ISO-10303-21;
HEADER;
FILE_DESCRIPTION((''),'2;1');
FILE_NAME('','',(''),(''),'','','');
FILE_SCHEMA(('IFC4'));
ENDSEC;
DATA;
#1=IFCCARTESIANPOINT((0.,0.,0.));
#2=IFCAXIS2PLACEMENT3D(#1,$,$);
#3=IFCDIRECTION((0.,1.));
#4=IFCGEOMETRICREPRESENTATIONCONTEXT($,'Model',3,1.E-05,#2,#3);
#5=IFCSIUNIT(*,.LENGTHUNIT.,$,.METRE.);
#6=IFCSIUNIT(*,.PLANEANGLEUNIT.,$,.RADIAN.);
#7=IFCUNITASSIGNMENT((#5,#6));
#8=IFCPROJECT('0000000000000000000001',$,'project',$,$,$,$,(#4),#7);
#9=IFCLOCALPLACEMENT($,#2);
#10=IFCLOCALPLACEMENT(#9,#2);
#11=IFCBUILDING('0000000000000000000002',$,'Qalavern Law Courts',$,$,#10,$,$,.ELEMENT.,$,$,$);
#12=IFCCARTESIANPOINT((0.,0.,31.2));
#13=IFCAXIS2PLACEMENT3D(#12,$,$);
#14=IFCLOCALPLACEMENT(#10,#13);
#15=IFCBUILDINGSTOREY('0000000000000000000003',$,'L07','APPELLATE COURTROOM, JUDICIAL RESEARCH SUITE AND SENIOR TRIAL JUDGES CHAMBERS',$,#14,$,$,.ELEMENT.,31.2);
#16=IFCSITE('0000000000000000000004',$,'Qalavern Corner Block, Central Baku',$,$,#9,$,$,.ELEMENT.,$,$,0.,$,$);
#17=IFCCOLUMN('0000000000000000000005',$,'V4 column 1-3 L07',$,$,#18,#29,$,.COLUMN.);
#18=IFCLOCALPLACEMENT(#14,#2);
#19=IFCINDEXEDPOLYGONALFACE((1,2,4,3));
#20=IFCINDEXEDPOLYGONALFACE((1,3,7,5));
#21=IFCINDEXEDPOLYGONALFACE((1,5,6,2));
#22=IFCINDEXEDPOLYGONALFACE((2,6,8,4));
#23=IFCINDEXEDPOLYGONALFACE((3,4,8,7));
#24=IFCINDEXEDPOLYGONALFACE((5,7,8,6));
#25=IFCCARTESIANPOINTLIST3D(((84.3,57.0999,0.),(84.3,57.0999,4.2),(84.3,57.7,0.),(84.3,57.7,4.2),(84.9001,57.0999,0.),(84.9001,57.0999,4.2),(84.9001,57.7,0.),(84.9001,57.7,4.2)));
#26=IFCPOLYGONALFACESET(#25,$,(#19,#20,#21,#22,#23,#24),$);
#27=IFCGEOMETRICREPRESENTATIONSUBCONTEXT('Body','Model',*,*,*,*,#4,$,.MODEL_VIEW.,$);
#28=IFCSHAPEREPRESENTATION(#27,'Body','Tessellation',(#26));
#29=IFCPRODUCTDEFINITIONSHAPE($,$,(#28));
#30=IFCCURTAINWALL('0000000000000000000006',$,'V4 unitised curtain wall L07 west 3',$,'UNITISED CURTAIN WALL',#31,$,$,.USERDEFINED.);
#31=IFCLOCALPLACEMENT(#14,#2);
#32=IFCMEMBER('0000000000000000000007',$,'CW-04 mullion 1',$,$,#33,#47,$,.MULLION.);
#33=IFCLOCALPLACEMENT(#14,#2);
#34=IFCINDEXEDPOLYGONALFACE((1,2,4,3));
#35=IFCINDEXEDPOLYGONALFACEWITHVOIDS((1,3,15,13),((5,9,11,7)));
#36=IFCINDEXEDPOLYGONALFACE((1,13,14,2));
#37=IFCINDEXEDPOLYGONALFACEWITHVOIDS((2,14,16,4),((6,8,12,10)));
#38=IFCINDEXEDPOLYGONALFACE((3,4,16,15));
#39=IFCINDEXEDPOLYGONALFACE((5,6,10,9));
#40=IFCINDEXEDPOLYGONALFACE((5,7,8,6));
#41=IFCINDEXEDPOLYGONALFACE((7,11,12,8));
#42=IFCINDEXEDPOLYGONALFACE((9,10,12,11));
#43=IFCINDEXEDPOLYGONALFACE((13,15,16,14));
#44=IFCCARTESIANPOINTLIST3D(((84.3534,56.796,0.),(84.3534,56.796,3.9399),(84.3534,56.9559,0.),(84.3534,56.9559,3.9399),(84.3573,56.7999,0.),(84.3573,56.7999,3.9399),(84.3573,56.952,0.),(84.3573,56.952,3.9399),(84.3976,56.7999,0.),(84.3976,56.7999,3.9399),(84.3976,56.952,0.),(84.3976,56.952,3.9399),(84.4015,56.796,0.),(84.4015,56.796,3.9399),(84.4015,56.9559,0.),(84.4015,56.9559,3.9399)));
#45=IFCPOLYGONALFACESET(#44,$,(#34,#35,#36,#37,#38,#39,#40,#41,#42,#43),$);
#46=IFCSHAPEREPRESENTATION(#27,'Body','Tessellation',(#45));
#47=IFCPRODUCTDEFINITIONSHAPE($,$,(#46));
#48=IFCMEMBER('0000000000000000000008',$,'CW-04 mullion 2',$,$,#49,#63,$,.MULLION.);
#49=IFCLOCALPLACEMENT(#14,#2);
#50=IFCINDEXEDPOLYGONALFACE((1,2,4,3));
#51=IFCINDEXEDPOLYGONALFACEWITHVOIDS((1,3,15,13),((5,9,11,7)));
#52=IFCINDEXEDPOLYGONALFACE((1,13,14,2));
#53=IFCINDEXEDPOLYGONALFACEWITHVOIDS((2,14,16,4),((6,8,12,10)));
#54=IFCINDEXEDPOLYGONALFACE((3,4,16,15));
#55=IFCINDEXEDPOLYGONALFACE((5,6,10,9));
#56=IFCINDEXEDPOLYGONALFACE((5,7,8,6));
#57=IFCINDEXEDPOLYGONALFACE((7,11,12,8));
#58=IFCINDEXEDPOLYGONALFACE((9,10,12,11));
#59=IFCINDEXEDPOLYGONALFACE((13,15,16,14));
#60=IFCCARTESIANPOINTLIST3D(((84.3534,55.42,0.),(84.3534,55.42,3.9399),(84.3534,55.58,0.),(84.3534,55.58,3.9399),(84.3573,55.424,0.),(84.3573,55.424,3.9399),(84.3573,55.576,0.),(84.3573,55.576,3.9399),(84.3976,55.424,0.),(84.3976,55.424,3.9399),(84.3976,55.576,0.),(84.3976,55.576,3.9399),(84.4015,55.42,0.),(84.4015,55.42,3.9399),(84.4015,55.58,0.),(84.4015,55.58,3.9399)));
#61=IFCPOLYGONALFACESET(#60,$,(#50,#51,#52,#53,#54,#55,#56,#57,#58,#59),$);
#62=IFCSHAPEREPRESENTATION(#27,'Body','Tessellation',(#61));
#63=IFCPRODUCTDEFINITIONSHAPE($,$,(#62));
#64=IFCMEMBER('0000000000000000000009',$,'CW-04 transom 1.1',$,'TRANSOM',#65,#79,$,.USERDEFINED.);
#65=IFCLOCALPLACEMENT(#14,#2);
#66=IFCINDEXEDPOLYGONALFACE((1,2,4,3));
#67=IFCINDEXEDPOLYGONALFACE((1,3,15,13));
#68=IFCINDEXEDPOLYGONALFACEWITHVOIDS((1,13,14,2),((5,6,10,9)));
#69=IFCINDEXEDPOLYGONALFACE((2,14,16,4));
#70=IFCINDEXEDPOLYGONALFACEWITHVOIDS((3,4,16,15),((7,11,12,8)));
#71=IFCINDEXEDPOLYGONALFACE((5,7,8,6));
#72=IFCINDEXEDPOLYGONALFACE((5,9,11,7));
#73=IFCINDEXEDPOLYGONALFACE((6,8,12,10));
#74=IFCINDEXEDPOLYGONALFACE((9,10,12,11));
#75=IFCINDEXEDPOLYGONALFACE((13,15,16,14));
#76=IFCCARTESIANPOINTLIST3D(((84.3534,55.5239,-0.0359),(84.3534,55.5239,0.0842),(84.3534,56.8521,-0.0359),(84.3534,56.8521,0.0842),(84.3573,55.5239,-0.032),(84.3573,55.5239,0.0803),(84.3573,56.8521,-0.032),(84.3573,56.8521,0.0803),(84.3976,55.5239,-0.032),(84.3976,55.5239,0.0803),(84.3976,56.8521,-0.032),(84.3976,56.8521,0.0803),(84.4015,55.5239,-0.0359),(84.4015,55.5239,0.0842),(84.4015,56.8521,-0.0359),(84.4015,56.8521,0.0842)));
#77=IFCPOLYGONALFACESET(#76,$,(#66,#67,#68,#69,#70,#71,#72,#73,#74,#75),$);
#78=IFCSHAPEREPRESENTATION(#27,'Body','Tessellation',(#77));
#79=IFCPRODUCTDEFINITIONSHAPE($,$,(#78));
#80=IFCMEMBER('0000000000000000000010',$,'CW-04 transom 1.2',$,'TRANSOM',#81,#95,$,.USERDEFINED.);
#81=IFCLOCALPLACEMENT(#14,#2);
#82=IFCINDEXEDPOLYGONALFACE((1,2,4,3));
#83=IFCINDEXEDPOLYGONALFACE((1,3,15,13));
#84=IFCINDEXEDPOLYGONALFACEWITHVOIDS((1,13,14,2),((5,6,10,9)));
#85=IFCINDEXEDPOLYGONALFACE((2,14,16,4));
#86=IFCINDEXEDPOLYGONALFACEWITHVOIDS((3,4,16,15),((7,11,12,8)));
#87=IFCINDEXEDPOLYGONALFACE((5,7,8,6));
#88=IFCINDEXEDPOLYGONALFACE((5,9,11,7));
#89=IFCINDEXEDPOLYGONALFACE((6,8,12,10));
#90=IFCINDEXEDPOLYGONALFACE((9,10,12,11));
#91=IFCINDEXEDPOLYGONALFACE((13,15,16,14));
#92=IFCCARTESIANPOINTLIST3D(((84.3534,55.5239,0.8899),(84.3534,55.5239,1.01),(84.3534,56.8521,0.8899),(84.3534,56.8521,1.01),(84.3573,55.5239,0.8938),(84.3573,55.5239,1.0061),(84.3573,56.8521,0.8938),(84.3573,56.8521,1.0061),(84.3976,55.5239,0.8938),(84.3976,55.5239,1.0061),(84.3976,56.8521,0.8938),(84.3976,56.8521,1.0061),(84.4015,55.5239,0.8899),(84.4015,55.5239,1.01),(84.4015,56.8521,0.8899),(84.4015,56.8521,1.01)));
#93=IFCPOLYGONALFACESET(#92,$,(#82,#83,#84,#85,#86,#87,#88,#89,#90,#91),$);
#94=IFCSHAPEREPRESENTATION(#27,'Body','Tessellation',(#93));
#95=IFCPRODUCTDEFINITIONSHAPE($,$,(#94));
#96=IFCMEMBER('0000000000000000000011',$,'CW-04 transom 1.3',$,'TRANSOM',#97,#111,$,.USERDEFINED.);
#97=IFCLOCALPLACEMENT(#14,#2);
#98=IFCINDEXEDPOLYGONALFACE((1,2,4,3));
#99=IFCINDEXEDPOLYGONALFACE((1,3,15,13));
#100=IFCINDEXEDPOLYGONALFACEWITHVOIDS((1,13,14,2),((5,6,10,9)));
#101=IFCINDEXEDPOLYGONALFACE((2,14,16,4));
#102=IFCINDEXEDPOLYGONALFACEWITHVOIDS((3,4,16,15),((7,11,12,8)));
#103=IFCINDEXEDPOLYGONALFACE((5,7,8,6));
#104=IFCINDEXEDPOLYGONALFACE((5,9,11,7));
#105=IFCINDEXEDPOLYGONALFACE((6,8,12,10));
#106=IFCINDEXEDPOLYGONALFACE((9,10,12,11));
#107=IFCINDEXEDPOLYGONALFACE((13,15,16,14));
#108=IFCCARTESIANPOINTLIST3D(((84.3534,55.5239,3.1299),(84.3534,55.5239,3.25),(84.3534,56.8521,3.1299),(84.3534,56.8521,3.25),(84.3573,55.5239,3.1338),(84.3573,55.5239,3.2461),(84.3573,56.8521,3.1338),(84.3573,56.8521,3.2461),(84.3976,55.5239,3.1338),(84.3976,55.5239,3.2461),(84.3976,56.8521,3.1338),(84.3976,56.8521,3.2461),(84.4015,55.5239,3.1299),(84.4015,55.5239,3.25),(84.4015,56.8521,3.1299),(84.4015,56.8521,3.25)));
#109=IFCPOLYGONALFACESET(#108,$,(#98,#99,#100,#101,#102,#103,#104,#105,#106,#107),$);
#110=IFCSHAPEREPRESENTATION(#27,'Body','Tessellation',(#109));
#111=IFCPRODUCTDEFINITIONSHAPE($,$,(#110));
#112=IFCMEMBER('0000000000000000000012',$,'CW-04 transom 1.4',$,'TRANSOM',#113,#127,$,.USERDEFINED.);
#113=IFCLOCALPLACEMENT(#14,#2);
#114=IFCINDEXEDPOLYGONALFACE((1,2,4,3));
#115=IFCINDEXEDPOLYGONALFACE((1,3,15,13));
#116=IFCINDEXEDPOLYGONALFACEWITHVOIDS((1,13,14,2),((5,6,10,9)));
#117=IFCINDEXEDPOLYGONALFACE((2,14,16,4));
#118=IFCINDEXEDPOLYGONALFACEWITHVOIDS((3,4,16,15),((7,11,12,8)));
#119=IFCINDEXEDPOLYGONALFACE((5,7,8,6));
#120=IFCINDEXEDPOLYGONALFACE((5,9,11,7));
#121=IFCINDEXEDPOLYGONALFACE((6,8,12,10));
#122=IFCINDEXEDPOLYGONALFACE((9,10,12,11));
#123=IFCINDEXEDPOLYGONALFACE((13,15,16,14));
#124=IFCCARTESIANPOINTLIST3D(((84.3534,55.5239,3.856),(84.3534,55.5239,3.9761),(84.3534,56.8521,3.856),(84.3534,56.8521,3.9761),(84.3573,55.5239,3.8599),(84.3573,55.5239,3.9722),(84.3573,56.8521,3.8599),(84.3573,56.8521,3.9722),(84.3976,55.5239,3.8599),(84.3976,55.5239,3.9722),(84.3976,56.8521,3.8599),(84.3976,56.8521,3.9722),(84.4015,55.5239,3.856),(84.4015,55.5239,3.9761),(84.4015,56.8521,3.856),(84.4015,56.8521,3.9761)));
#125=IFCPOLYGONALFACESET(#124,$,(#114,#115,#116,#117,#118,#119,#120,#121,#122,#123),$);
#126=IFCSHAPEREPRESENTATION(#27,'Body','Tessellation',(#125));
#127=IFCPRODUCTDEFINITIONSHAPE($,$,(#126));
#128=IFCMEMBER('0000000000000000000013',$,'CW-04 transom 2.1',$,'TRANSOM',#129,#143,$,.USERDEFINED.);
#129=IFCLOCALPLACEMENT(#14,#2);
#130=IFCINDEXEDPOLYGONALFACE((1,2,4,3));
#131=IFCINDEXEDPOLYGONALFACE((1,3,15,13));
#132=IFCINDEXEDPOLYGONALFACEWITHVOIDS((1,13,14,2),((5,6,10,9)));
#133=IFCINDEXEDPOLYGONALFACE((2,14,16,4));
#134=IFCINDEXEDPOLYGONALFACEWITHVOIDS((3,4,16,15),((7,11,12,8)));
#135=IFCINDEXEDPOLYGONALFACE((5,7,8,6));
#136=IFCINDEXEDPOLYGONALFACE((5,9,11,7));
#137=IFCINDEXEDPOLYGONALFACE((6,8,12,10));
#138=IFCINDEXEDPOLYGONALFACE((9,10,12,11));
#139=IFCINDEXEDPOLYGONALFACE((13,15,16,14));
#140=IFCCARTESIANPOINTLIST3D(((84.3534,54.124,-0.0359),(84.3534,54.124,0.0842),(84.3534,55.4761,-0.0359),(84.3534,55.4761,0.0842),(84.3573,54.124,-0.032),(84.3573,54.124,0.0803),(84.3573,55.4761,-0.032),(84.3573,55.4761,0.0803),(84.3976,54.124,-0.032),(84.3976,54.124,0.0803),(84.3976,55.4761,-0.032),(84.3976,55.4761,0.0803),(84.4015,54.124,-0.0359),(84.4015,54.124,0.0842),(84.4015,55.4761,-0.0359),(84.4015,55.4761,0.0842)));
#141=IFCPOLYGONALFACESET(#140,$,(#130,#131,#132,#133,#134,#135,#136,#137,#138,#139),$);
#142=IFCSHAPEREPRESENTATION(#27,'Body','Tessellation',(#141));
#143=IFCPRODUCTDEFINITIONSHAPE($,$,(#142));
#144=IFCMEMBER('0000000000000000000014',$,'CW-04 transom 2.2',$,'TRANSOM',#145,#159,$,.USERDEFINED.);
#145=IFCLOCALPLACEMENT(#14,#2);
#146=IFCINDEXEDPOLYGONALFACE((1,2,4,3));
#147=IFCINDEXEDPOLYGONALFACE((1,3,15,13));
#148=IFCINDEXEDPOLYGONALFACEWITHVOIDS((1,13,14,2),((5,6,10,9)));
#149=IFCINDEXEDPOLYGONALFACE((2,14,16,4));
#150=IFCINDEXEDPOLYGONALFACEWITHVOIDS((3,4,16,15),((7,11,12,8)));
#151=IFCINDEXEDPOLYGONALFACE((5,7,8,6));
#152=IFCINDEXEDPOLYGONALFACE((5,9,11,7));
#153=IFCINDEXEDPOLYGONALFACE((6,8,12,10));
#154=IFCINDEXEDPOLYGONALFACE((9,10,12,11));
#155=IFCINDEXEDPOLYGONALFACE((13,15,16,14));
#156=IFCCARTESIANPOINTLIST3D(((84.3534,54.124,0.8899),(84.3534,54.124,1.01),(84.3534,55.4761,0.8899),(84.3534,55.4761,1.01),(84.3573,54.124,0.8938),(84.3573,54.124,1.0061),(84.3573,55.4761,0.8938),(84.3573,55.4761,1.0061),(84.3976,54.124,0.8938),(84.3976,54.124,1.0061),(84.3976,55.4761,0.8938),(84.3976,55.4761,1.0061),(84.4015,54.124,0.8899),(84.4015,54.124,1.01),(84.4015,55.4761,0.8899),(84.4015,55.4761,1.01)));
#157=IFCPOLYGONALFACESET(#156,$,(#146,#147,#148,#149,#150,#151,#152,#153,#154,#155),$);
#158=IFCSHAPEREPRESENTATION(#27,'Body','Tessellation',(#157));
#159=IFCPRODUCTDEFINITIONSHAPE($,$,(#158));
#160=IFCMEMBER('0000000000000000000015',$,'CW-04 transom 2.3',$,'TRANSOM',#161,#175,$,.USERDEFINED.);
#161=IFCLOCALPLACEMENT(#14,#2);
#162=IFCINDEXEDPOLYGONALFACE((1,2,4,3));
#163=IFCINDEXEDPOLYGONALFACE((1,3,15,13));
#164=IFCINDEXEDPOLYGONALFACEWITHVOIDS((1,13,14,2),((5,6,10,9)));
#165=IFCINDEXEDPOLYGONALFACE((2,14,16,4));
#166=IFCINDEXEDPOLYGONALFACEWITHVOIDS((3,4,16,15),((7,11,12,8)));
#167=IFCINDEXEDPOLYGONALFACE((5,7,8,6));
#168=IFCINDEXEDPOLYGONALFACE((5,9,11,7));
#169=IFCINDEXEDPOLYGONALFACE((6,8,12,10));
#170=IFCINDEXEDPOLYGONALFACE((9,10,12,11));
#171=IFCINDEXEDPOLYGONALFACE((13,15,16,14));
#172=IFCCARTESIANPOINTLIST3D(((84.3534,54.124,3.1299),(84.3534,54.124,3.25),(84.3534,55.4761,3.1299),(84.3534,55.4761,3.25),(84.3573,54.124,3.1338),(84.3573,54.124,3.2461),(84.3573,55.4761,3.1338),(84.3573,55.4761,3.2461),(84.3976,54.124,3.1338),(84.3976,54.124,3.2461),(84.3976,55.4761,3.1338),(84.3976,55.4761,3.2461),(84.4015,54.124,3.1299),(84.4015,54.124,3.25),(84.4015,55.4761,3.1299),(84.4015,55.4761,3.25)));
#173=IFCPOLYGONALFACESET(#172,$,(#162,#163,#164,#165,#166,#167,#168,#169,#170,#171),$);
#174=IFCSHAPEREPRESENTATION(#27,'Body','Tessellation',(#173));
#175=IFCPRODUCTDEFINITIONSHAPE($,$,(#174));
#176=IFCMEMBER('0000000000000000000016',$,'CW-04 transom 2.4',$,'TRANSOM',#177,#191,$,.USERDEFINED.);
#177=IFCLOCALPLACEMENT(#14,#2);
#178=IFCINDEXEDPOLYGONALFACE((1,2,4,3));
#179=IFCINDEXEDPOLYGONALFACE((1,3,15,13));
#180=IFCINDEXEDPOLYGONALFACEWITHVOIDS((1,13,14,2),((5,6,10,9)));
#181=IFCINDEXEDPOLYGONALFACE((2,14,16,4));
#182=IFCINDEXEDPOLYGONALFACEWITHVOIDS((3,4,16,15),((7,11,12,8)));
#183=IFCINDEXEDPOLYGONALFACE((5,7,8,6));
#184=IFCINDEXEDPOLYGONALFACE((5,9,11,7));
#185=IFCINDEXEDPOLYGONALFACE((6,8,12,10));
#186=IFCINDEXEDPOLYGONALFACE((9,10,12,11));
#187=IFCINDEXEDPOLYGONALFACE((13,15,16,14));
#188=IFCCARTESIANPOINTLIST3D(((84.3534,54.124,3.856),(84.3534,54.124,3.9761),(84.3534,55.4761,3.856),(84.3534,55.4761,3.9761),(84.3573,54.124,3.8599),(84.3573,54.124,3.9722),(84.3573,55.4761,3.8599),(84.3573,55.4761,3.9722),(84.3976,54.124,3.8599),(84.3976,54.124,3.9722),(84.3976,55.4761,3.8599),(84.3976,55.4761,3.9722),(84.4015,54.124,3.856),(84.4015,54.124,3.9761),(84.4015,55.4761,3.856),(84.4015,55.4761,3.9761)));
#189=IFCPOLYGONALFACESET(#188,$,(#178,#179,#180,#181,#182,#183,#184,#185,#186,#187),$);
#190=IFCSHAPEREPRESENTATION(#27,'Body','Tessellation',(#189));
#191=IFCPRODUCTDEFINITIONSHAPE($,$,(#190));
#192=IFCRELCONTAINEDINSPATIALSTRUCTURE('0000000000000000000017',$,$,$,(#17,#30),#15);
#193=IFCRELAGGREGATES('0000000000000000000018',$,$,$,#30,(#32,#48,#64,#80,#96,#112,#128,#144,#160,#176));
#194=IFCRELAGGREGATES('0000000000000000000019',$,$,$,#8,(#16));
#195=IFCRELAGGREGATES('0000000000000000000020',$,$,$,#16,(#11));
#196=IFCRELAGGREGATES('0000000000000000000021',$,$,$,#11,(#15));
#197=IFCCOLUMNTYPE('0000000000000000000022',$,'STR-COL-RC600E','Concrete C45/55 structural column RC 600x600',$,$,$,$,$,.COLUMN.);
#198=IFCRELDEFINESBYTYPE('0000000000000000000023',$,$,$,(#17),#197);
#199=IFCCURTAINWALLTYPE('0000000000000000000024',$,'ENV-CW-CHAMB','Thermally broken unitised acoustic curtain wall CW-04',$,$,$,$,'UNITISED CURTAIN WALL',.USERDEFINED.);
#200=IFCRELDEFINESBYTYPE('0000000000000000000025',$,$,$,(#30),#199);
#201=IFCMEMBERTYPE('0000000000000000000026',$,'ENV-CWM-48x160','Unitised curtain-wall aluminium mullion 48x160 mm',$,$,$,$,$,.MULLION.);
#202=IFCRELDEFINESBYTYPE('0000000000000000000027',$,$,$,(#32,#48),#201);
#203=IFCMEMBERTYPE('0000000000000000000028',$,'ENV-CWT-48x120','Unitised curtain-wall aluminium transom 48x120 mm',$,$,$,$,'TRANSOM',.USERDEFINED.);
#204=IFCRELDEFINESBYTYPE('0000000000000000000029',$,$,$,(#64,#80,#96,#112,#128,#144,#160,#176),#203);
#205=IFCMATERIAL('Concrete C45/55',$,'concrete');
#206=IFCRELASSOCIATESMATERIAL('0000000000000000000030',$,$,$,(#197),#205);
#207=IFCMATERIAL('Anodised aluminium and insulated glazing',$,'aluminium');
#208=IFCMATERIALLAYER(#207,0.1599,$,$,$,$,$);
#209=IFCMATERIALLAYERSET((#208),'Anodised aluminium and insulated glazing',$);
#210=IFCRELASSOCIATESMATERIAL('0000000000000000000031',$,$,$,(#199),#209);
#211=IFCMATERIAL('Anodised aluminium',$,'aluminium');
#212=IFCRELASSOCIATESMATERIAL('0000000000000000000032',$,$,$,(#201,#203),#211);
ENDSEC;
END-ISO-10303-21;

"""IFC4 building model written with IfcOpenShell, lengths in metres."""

from ifc_helpers import new_model, si_unit, direction, frame, origin, origin_2d, place, context, subcontext, project, spatial, rectangle, hollow_rectangle, extrude, material, layer, layer_set, material_profile, profile_set, type_object, element, aggregate, save


model = new_model("IFC4")

# Units and contexts
model_context = context("Model", 3, precision=1e-05, world=origin(), true_north=direction((0.0, 1.0)))
body_context = subcontext(model_context, "Body", "Model", "MODEL_VIEW")
ifc_project = project(units=[si_unit("LENGTHUNIT", "METRE"), si_unit("PLANEANGLEUNIT", "RADIAN")], contexts=[model_context])

# Site, building, storey
site_placement = place(None, origin())
site = spatial("IfcSite", under=ifc_project, at=site_placement, Name="Qalavern Corner Block, Central Baku", CompositionType="ELEMENT", RefElevation=0.0)
building_placement = place(site_placement, origin())
building = spatial("IfcBuilding", under=site, at=building_placement, Name="Qalavern Law Courts", CompositionType="ELEMENT")
storey_placement = place(building_placement, frame((0.0, 0.0, 31.2)))
storey = spatial("IfcBuildingStorey", under=building, at=storey_placement, Name="L07", Description="APPELLATE COURTROOM, JUDICIAL RESEARCH SUITE AND SENIOR TRIAL JUDGES CHAMBERS", CompositionType="ELEMENT", Elevation=31.2)

# Column
ifc_material_1 = material(Name="Concrete C45/55", Category="concrete")
ifc_material_profile_1 = material_profile(ifc_material_1, rectangle(XDim=0.6001, YDim=0.6001, at=origin_2d()), Name="RC 600x600")
ifc_profile_set_1 = profile_set([ifc_material_profile_1], Name="Concrete C45/55")
column_type = type_object("IfcColumnType", Name="STR-COL-RC600E", Description="Concrete C45/55 structural column RC 600x600", PredefinedType="COLUMN", material=ifc_profile_set_1)
column_placement = place(storey_placement, frame((84.6001, 57.3999, 0.0), z_axis=(0.0, 0.0, 1.0), x_axis=(1.0, 0.0, 0.0)))
element("IfcColumn", 1, at=column_placement, inside=storey, type_object=column_type, Name="V4 column 1-3 L07", PredefinedType="COLUMN", context=body_context, shape_type="SweptSolid", body=[
    extrude(rectangle(XDim=0.6001, YDim=0.6001, at=origin_2d()), origin(), (0.0, 0.0, 1.0), 4.2),
])

# Curtain wall, members
ifc_material_2 = material(Name="Anodised aluminium and insulated glazing", Category="aluminium")
ifc_layer_1 = layer(ifc_material_2, 0.1599)
ifc_layer_set_1 = layer_set([ifc_layer_1], Name="Anodised aluminium and insulated glazing")
curtain_wall_type = type_object("IfcCurtainWallType", Name="ENV-CW-CHAMB", Description="Thermally broken unitised acoustic curtain wall CW-04", ElementType="UNITISED CURTAIN WALL", PredefinedType="USERDEFINED", material=ifc_layer_set_1)
curtain_wall_placement = place(storey_placement, origin())
curtain_wall = element("IfcCurtainWall", 2, at=curtain_wall_placement, inside=storey, type_object=curtain_wall_type, Name="V4 unitised curtain wall L07 west 3", ObjectType="UNITISED CURTAIN WALL", PredefinedType="USERDEFINED")
ifc_material_3 = material(Name="Anodised aluminium", Category="aluminium")
ifc_material_profile_2 = material_profile(ifc_material_3, hollow_rectangle(XDim=0.0481, YDim=0.1599, WallThickness=0.0039, at=origin_2d()), Name="ALU MULLION 48x160")
ifc_profile_set_2 = profile_set([ifc_material_profile_2], Name="Anodised aluminium")
member_type_1 = type_object("IfcMemberType", Name="ENV-CWM-48x160", Description="Unitised curtain-wall aluminium mullion 48x160 mm", PredefinedType="MULLION", material=ifc_profile_set_2)
member_1_placement = place(storey_placement, frame((84.3774, 56.876, 0.0), z_axis=(0.0, 0.0, 1.0), x_axis=(1.0, 0.0, 0.0)))
member_1 = element("IfcMember", 3, at=member_1_placement, type_object=member_type_1, Name="CW-04 mullion 1", PredefinedType="MULLION", context=body_context, shape_type="SweptSolid", body=[
    extrude(hollow_rectangle(XDim=0.0481, YDim=0.1599, WallThickness=0.0039, at=origin_2d()), origin(), (0.0, 0.0, 1.0), 3.9399),
])
member_2_placement = place(storey_placement, frame((84.3774, 55.5, 0.0), z_axis=(0.0, 0.0, 1.0), x_axis=(1.0, 0.0, 0.0)))
member_2 = element("IfcMember", 4, at=member_2_placement, type_object=member_type_1, Name="CW-04 mullion 2", PredefinedType="MULLION", context=body_context, shape_type="SweptSolid", body=[
    extrude(hollow_rectangle(XDim=0.0481, YDim=0.1599, WallThickness=0.0039, at=origin_2d()), origin(), (0.0, 0.0, 1.0), 3.9399),
])
ifc_material_profile_3 = material_profile(ifc_material_3, hollow_rectangle(XDim=0.0481, YDim=0.1201, WallThickness=0.0039, at=origin_2d()), Name="ALU TRANSOM 48x120")
ifc_profile_set_3 = profile_set([ifc_material_profile_3], Name="Anodised aluminium")
member_type_2 = type_object("IfcMemberType", Name="ENV-CWT-48x120", Description="Unitised curtain-wall aluminium transom 48x120 mm", ElementType="TRANSOM", PredefinedType="USERDEFINED", material=ifc_profile_set_3)
member_3_placement = place(storey_placement, frame((84.3774, 56.8521, 0.0242), z_axis=(0.0, -1.0, 0.0), x_axis=(1.0, 0.0, 0.0)))
member_3 = element("IfcMember", 5, at=member_3_placement, type_object=member_type_2, Name="CW-04 transom 1.1", ObjectType="TRANSOM", PredefinedType="USERDEFINED", context=body_context, shape_type="SweptSolid", body=[
    extrude(hollow_rectangle(XDim=0.0481, YDim=0.1201, WallThickness=0.0039, at=origin_2d()), origin(), (0.0, 0.0, 1.0), 1.3281),
])
member_4_placement = place(storey_placement, frame((84.3774, 56.8521, 0.95), z_axis=(0.0, -1.0, 0.0), x_axis=(1.0, 0.0, 0.0)))
member_4 = element("IfcMember", 6, at=member_4_placement, type_object=member_type_2, Name="CW-04 transom 1.2", ObjectType="TRANSOM", PredefinedType="USERDEFINED", context=body_context, shape_type="SweptSolid", body=[
    extrude(hollow_rectangle(XDim=0.0481, YDim=0.1201, WallThickness=0.0039, at=origin_2d()), origin(), (0.0, 0.0, 1.0), 1.3281),
])
member_5_placement = place(storey_placement, frame((84.3774, 56.8521, 3.1899), z_axis=(0.0, -1.0, 0.0), x_axis=(1.0, 0.0, 0.0)))
member_5 = element("IfcMember", 7, at=member_5_placement, type_object=member_type_2, Name="CW-04 transom 1.3", ObjectType="TRANSOM", PredefinedType="USERDEFINED", context=body_context, shape_type="SweptSolid", body=[
    extrude(hollow_rectangle(XDim=0.0481, YDim=0.1201, WallThickness=0.0039, at=origin_2d()), origin(), (0.0, 0.0, 1.0), 1.3281),
])
member_6_placement = place(storey_placement, frame((84.3774, 56.8521, 3.916), z_axis=(0.0, -1.0, 0.0), x_axis=(1.0, 0.0, 0.0)))
member_6 = element("IfcMember", 8, at=member_6_placement, type_object=member_type_2, Name="CW-04 transom 1.4", ObjectType="TRANSOM", PredefinedType="USERDEFINED", context=body_context, shape_type="SweptSolid", body=[
    extrude(hollow_rectangle(XDim=0.0481, YDim=0.1201, WallThickness=0.0039, at=origin_2d()), origin(), (0.0, 0.0, 1.0), 1.3281),
])
member_7_placement = place(storey_placement, frame((84.3774, 55.4761, 0.0242), z_axis=(0.0, -1.0, 0.0), x_axis=(1.0, 0.0, 0.0)))
member_7 = element("IfcMember", 9, at=member_7_placement, type_object=member_type_2, Name="CW-04 transom 2.1", ObjectType="TRANSOM", PredefinedType="USERDEFINED", context=body_context, shape_type="SweptSolid", body=[
    extrude(hollow_rectangle(XDim=0.0481, YDim=0.1201, WallThickness=0.0039, at=origin_2d()), origin(), (0.0, 0.0, 1.0), 1.3521),
])
member_8_placement = place(storey_placement, frame((84.3774, 55.4761, 0.95), z_axis=(0.0, -1.0, 0.0), x_axis=(1.0, 0.0, 0.0)))
member_8 = element("IfcMember", 10, at=member_8_placement, type_object=member_type_2, Name="CW-04 transom 2.2", ObjectType="TRANSOM", PredefinedType="USERDEFINED", context=body_context, shape_type="SweptSolid", body=[
    extrude(hollow_rectangle(XDim=0.0481, YDim=0.1201, WallThickness=0.0039, at=origin_2d()), origin(), (0.0, 0.0, 1.0), 1.3521),
])
member_9_placement = place(storey_placement, frame((84.3774, 55.4761, 3.1899), z_axis=(0.0, -1.0, 0.0), x_axis=(1.0, 0.0, 0.0)))
member_9 = element("IfcMember", 11, at=member_9_placement, type_object=member_type_2, Name="CW-04 transom 2.3", ObjectType="TRANSOM", PredefinedType="USERDEFINED", context=body_context, shape_type="SweptSolid", body=[
    extrude(hollow_rectangle(XDim=0.0481, YDim=0.1201, WallThickness=0.0039, at=origin_2d()), origin(), (0.0, 0.0, 1.0), 1.3521),
])
member_10_placement = place(storey_placement, frame((84.3774, 55.4761, 3.916), z_axis=(0.0, -1.0, 0.0), x_axis=(1.0, 0.0, 0.0)))
member_10 = element("IfcMember", 12, at=member_10_placement, type_object=member_type_2, Name="CW-04 transom 2.4", ObjectType="TRANSOM", PredefinedType="USERDEFINED", context=body_context, shape_type="SweptSolid", body=[
    extrude(hollow_rectangle(XDim=0.0481, YDim=0.1201, WallThickness=0.0039, at=origin_2d()), origin(), (0.0, 0.0, 1.0), 1.3521),
])

aggregate(curtain_wall, [member_1, member_2, member_3, member_4, member_5, member_6, member_7, member_8, member_9, member_10])

save(model, "model.ifc")
